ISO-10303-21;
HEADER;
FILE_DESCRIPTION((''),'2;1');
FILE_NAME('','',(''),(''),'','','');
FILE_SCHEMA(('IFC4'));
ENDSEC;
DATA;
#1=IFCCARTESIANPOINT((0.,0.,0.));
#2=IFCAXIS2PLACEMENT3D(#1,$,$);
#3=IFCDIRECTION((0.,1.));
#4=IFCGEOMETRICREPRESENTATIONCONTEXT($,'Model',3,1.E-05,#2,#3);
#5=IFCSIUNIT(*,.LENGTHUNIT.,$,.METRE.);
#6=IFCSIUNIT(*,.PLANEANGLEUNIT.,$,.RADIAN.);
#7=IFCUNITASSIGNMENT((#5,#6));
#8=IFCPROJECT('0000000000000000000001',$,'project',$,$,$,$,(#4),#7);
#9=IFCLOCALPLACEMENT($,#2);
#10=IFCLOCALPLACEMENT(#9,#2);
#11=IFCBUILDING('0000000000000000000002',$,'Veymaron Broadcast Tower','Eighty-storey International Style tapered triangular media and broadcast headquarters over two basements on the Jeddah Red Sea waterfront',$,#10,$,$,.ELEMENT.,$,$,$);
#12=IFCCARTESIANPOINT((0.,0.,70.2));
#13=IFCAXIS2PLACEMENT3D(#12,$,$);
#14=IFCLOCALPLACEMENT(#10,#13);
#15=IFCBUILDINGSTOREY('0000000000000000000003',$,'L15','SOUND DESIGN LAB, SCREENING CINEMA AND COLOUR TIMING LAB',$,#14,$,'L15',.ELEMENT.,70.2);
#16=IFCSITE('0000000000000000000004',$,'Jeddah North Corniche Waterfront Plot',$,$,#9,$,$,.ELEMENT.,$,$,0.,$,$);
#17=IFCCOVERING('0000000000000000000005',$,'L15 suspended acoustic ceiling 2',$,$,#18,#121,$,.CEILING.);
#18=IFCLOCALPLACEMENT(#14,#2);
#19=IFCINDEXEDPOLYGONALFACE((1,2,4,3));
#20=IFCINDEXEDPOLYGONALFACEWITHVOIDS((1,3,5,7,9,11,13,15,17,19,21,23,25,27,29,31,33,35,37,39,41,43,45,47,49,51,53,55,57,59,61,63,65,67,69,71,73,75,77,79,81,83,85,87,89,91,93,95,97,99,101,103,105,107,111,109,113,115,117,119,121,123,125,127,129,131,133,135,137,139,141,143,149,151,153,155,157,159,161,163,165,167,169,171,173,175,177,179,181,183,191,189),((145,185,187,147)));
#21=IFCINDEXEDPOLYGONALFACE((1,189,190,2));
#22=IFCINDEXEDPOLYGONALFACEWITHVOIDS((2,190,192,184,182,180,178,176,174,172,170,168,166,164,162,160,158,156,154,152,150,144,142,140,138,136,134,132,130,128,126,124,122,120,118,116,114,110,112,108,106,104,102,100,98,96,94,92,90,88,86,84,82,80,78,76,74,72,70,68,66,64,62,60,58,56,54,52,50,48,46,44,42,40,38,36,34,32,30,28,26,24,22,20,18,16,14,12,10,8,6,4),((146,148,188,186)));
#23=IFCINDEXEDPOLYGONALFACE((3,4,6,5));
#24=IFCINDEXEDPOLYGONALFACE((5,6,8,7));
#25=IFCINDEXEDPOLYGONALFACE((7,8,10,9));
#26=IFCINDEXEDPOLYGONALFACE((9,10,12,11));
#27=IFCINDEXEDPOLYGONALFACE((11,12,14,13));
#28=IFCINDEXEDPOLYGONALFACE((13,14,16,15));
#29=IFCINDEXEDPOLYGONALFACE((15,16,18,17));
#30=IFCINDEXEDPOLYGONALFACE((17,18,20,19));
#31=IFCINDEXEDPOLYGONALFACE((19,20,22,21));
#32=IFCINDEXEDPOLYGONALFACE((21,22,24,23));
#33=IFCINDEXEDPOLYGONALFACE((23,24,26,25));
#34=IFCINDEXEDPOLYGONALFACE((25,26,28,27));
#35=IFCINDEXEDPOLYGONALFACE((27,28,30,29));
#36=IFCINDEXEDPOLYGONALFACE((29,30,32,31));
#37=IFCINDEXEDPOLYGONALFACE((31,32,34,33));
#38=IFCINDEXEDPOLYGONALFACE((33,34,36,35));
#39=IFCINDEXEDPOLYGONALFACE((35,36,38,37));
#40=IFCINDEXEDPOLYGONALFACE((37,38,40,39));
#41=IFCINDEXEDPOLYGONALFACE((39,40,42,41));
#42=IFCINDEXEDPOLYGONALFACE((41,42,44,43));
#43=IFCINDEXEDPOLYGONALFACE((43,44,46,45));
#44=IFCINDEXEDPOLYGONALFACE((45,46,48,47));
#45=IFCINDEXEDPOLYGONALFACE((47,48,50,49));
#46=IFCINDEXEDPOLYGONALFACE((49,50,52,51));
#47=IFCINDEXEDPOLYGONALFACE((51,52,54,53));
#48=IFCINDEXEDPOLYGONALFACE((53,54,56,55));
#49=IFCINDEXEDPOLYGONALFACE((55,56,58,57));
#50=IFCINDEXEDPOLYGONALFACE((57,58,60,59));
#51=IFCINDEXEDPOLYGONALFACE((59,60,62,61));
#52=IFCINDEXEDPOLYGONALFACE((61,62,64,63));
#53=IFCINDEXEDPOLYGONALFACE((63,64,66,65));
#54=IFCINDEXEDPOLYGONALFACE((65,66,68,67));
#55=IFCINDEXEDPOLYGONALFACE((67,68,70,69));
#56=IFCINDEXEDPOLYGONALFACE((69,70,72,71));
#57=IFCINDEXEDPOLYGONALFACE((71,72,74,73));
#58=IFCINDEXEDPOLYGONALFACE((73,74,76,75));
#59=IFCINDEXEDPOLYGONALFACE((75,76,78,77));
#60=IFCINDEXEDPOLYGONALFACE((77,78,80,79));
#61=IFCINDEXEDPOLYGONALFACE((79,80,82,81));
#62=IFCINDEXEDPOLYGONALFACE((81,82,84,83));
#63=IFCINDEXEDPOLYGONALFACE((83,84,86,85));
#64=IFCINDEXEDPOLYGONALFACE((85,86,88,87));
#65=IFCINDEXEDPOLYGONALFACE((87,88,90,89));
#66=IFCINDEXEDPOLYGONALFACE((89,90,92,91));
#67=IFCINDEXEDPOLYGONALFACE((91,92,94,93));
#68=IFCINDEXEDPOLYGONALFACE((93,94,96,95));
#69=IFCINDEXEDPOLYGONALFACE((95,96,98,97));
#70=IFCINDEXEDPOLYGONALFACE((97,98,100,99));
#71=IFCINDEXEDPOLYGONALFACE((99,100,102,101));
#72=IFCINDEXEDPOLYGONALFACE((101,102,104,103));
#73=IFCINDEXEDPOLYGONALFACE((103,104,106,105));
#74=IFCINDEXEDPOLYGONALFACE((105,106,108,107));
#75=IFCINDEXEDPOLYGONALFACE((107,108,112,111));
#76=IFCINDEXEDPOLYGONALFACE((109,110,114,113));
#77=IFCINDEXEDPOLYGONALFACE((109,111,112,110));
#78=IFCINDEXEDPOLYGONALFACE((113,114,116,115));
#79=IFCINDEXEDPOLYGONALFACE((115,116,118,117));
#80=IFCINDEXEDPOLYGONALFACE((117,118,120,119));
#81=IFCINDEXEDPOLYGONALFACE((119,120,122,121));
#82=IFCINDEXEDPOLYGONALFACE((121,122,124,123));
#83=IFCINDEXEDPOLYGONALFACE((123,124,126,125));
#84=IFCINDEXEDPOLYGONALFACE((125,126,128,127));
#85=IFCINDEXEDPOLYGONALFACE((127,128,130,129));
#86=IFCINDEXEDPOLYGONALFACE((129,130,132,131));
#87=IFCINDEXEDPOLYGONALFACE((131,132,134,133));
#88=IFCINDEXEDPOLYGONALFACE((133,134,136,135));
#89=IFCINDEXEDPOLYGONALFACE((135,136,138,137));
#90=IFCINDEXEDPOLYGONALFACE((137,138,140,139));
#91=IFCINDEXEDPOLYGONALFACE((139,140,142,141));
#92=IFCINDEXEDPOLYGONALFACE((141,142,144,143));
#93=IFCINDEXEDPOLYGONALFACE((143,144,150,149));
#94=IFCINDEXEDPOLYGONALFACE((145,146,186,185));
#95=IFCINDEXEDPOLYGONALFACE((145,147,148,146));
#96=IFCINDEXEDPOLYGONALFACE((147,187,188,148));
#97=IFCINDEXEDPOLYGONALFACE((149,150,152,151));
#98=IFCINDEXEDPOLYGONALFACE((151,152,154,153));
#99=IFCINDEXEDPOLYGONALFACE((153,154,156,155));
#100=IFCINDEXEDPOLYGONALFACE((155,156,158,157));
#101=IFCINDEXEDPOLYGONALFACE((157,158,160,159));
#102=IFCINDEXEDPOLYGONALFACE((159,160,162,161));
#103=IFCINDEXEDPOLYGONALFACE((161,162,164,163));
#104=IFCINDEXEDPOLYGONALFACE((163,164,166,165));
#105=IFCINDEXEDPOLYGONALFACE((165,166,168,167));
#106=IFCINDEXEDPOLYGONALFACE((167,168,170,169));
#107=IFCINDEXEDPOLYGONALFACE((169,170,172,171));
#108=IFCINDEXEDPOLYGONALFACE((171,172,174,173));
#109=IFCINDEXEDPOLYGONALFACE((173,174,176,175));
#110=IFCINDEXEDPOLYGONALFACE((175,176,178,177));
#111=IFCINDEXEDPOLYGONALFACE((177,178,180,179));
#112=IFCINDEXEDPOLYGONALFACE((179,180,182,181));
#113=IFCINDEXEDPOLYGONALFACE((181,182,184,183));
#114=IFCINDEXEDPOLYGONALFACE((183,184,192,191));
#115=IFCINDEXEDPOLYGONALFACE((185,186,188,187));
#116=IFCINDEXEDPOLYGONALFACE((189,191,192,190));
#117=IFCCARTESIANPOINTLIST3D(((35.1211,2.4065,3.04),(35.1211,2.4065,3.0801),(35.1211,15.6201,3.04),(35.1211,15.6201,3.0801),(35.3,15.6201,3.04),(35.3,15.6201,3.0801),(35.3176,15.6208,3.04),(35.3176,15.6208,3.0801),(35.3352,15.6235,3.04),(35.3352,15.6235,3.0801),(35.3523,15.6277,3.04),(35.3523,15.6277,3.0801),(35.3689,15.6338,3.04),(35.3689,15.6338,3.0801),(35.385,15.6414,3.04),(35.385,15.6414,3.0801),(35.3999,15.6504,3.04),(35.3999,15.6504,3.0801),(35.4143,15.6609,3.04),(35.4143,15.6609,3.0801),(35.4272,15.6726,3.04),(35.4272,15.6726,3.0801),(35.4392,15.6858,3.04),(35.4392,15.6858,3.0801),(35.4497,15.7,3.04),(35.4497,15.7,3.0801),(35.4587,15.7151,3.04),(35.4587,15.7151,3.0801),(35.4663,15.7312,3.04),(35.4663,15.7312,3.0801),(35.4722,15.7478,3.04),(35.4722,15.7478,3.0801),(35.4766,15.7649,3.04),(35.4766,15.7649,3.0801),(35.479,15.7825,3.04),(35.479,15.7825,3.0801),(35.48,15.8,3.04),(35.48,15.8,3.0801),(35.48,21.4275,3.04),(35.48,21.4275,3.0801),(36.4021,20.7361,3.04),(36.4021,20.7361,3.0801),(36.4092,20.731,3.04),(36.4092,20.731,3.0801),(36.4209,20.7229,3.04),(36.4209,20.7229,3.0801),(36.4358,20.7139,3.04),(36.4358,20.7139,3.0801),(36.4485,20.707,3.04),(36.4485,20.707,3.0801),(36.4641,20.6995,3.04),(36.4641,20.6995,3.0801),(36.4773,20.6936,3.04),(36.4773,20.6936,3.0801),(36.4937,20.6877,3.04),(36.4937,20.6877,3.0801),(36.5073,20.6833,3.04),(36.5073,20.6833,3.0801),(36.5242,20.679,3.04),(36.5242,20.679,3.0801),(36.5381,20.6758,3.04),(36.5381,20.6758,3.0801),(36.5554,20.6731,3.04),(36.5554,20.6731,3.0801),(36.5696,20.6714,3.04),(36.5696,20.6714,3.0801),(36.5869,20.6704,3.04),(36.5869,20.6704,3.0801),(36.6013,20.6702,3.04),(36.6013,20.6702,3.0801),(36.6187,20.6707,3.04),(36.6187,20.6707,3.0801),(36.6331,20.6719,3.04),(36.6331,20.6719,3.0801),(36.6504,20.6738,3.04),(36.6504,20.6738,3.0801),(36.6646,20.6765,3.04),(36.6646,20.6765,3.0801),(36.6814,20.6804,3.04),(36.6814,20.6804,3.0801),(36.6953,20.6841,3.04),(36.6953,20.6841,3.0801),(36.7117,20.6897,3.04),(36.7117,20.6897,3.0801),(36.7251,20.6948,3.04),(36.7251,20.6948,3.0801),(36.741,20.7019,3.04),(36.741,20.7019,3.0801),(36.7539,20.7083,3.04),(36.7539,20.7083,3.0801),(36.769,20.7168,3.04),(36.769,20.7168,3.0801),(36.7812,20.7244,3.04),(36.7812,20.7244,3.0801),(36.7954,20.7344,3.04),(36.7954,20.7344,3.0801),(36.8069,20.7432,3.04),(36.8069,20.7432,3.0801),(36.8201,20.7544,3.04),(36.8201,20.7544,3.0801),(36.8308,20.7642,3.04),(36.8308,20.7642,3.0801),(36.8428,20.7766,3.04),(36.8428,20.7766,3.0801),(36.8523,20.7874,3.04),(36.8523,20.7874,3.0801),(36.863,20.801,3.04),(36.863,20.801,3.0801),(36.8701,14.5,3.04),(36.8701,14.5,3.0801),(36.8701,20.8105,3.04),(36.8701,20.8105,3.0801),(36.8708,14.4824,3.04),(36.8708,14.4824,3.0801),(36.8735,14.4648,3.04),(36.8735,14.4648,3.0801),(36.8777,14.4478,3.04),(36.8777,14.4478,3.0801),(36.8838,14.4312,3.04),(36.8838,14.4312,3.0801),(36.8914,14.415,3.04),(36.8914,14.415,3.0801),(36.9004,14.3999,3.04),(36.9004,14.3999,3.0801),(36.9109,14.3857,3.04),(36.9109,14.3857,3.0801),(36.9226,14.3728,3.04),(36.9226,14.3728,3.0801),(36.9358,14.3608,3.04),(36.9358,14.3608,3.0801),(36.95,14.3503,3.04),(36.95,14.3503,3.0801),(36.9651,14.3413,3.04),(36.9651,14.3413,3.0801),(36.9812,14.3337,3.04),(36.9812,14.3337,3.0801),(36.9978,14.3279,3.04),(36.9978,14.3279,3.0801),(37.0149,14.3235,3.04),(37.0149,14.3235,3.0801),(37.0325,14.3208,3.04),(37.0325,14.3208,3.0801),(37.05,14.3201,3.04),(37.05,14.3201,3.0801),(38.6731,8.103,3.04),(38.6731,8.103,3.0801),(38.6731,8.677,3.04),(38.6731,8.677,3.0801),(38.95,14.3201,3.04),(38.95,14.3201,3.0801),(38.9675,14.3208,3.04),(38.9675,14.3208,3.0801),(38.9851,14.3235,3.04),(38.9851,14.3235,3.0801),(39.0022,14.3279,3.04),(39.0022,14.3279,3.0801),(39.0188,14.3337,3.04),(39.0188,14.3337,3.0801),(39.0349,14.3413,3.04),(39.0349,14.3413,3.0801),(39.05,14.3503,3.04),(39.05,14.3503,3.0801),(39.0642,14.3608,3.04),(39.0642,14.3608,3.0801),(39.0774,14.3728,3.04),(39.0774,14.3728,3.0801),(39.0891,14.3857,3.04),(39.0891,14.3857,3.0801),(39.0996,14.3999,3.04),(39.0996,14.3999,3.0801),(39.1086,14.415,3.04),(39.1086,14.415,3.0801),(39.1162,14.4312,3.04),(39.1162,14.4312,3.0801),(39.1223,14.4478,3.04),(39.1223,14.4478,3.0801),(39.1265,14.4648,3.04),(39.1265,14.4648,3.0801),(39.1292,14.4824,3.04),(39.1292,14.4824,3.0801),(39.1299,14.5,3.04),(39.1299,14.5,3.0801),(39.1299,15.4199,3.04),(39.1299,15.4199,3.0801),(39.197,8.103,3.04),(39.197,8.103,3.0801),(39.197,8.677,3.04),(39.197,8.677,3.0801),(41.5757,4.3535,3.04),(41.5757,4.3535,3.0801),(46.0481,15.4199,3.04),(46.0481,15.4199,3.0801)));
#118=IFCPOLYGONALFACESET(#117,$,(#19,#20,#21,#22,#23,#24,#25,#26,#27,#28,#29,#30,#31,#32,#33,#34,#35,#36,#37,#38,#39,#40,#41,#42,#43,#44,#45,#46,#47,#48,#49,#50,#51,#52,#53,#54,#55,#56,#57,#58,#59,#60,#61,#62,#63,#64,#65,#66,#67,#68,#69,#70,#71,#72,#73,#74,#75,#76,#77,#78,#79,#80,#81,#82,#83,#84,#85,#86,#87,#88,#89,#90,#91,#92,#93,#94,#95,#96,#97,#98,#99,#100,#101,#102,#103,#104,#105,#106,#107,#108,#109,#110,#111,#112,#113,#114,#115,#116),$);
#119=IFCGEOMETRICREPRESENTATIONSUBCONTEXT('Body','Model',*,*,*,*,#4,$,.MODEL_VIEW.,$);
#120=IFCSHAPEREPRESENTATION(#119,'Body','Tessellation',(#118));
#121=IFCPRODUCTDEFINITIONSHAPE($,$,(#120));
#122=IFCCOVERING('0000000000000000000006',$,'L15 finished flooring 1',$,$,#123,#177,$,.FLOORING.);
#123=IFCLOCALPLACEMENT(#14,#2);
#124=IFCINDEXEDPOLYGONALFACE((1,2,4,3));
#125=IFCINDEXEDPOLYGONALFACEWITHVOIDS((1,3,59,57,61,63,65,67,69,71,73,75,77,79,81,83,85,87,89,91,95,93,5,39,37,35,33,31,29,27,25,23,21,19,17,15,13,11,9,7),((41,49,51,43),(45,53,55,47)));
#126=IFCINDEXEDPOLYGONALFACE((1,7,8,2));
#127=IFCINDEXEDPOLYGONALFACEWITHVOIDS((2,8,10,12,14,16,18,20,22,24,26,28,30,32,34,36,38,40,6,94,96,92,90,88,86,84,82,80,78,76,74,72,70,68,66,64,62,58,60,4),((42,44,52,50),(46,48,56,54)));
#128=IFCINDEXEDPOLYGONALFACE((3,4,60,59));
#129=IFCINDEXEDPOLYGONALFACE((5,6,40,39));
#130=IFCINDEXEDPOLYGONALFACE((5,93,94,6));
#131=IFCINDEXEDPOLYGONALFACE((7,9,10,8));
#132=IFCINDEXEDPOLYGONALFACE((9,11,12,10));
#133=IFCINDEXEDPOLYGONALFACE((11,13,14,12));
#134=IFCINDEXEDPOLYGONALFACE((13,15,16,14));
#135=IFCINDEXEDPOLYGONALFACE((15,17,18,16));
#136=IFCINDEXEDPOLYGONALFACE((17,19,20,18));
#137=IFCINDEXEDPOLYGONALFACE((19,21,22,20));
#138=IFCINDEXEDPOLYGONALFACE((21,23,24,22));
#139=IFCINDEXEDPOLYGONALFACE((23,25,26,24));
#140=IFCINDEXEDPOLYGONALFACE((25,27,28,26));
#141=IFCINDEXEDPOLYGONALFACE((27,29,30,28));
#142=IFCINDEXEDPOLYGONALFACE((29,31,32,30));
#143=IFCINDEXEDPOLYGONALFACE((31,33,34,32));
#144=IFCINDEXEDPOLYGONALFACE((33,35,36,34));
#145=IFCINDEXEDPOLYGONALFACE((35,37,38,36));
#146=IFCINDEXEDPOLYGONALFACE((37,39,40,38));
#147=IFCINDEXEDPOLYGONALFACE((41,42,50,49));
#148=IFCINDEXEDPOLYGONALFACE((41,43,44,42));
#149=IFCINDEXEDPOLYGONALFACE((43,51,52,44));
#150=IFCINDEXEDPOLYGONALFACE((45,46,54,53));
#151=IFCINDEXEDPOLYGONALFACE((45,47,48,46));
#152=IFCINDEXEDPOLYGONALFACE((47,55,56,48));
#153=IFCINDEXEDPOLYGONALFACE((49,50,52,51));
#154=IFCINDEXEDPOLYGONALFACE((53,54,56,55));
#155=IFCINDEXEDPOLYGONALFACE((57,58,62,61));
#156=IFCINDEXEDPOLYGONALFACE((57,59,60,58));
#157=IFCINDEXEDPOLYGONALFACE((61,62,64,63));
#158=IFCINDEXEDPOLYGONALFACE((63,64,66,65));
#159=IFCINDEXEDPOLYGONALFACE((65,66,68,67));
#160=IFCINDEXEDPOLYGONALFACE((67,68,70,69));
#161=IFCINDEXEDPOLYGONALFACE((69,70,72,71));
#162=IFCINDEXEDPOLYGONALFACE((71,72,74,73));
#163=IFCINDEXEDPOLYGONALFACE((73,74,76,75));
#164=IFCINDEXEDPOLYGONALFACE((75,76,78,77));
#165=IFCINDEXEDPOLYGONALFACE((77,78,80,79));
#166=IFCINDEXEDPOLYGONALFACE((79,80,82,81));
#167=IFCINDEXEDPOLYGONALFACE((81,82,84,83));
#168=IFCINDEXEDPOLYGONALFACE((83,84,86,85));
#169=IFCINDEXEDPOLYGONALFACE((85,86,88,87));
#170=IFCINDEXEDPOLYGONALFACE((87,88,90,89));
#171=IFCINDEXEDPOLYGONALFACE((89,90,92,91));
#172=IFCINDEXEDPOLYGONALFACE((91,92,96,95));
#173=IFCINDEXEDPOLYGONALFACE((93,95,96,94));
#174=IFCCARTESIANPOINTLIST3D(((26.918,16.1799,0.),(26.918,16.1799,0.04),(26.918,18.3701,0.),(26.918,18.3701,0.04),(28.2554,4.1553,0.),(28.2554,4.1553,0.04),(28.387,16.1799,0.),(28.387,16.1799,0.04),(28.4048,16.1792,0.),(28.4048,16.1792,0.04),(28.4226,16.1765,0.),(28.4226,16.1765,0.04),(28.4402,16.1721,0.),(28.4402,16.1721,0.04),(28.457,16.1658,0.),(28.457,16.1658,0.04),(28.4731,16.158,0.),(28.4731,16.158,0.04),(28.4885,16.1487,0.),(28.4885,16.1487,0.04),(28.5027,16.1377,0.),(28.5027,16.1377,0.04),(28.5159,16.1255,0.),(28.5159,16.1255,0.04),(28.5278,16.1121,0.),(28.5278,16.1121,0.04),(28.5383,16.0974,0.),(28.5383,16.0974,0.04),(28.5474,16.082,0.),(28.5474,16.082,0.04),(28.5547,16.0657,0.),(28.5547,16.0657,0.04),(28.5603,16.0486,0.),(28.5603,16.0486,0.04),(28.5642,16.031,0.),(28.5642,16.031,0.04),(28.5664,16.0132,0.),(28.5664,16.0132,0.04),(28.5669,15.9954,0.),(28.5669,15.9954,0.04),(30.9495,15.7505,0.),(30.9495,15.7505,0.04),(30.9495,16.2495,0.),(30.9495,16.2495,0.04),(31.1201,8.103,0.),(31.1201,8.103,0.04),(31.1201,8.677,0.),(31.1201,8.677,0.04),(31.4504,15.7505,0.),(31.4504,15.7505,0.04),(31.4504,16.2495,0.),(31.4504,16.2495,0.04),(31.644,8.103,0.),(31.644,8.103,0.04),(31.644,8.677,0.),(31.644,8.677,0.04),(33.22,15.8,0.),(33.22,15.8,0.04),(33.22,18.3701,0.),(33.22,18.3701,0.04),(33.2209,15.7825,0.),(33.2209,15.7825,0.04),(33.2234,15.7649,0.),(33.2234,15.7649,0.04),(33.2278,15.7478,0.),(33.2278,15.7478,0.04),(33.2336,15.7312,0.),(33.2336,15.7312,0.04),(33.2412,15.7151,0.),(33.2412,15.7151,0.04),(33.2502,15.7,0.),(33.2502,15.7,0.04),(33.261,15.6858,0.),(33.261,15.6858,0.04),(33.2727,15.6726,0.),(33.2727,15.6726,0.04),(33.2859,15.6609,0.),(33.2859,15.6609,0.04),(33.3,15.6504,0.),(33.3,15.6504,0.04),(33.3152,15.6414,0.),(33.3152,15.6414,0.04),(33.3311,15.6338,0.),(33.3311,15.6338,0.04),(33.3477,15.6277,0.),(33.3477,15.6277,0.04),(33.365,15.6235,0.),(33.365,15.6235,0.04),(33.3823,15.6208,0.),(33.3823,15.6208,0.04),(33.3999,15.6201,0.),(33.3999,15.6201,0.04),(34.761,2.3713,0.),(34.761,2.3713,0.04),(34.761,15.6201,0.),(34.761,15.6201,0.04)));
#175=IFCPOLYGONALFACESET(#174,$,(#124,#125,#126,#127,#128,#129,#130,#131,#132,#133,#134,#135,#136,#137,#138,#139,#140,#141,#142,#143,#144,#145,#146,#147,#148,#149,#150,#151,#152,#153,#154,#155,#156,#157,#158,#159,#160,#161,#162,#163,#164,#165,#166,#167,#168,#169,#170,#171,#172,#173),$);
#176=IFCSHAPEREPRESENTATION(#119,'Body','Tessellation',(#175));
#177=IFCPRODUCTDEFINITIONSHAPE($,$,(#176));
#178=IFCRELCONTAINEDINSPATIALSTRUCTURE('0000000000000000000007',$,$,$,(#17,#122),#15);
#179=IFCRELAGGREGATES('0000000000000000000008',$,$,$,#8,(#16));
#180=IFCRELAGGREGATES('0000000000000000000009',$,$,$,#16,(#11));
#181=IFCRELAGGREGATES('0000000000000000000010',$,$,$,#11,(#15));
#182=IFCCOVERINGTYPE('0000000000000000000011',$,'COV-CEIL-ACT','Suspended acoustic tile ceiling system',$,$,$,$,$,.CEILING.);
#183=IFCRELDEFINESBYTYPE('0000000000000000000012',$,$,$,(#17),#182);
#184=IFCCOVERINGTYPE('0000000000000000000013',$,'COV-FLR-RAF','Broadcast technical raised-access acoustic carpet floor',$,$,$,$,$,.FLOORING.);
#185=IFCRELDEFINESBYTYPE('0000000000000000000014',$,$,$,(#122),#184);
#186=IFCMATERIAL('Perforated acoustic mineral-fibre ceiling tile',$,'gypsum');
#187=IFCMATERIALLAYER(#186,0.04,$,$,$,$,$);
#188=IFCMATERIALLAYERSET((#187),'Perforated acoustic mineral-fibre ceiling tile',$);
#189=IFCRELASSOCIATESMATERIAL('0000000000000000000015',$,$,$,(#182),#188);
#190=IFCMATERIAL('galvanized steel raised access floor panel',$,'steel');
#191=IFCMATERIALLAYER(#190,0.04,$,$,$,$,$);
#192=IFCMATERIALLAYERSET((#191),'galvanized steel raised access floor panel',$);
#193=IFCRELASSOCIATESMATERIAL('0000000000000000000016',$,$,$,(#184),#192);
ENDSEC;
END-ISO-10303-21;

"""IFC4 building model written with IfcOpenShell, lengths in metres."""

from ifc_helpers import new_model, si_unit, direction, frame, origin, place, context, subcontext, project, spatial, polyline, outline, extrude, material, layer, layer_set, type_object, element, save


model = new_model("IFC4")

# Units and contexts
model_context = context("Model", 3, precision=1e-05, world=origin(), true_north=direction((0.0, 1.0)))
body_context = subcontext(model_context, "Body", "Model", "MODEL_VIEW")
ifc_project = project(units=[si_unit("LENGTHUNIT", "METRE"), si_unit("PLANEANGLEUNIT", "RADIAN")], contexts=[model_context])

# Site, building, storey
site_placement = place(None, origin())
site = spatial("IfcSite", under=ifc_project, at=site_placement, Name="Jeddah North Corniche Waterfront Plot", CompositionType="ELEMENT", RefElevation=0.0)
building_placement = place(site_placement, origin())
building = spatial("IfcBuilding", under=site, at=building_placement, Name="Veymaron Broadcast Tower", Description="Eighty-storey International Style tapered triangular media and broadcast headquarters over two basements on the Jeddah Red Sea waterfront", CompositionType="ELEMENT")
storey_placement = place(building_placement, frame((0.0, 0.0, 70.2)))
storey = spatial("IfcBuildingStorey", under=building, at=storey_placement, Name="L15", Description="SOUND DESIGN LAB, SCREENING CINEMA AND COLOUR TIMING LAB", LongName="L15", CompositionType="ELEMENT", Elevation=70.2)

# Coverings
ifc_material_1 = material(Name="Perforated acoustic mineral-fibre ceiling tile", Category="gypsum")
ifc_layer_1 = layer(ifc_material_1, 0.04)
ifc_layer_set_1 = layer_set([ifc_layer_1], Name="Perforated acoustic mineral-fibre ceiling tile")
covering_type_1 = type_object("IfcCoveringType", Name="COV-CEIL-ACT", Description="Suspended acoustic tile ceiling system", PredefinedType="CEILING", material=ifc_layer_set_1)
covering_1_placement = place(storey_placement, frame((0.0, 0.0, 3.04)))
element("IfcCovering", 1, at=covering_1_placement, inside=storey, type_object=covering_type_1, Name="L15 suspended acoustic ceiling 2", PredefinedType="CEILING", context=body_context, shape_type="SweptSolid", body=[
    extrude(outline(polyline([(35.4766, 15.7649), (35.479, 15.7825), (35.48, 15.8), (35.48, 21.4275), (36.4021, 20.7361), (36.4092, 20.731), (36.4209, 20.7229), (36.4358, 20.7139), (36.4485, 20.707), (36.4641, 20.6995), (36.4773, 20.6936), (36.4937, 20.6877), (36.5073, 20.6833), (36.5242, 20.679), (36.5381, 20.6758), (36.5554, 20.6731), (36.5696, 20.6714), (36.5869, 20.6704), (36.6013, 20.6702), (36.6187, 20.6707), (36.6331, 20.6719), (36.6504, 20.6738), (36.6646, 20.6765), (36.6814, 20.6804), (36.6953, 20.6841), (36.7117, 20.6897), (36.7251, 20.6948), (36.741, 20.7019), (36.7539, 20.7083), (36.769, 20.7168), (36.7812, 20.7244), (36.7954, 20.7344), (36.8069, 20.7432), (36.8201, 20.7544), (36.8308, 20.7642), (36.8428, 20.7766), (36.8523, 20.7874), (36.863, 20.801), (36.8701, 20.8105), (36.8701, 14.5), (36.8708, 14.4824), (36.8735, 14.4648), (36.8777, 14.4478), (36.8838, 14.4312), (36.8914, 14.415), (36.9004, 14.3999), (36.9109, 14.3857), (36.9226, 14.3728), (36.9358, 14.3608), (36.95, 14.3503), (36.9651, 14.3413), (36.9812, 14.3337), (36.9978, 14.3279), (37.0149, 14.3235), (37.0325, 14.3208), (37.05, 14.3201), (38.95, 14.3201), (38.9675, 14.3208), (38.9851, 14.3235), (39.0022, 14.3279), (39.0188, 14.3337), (39.0349, 14.3413), (39.05, 14.3503), (39.0642, 14.3608), (39.0774, 14.3728), (39.0891, 14.3857), (39.0996, 14.3999), (39.1086, 14.415), (39.1162, 14.4312), (39.1223, 14.4478), (39.1265, 14.4648), (39.1292, 14.4824), (39.1299, 14.5), (39.1299, 15.4199), (46.0481, 15.4199), (41.5757, 4.3535), (35.1211, 2.4065), (35.1211, 15.6201), (35.3, 15.6201), (35.3176, 15.6208), (35.3352, 15.6235), (35.3523, 15.6277), (35.3689, 15.6338), (35.385, 15.6414), (35.3999, 15.6504), (35.4143, 15.6609), (35.4272, 15.6726), (35.4392, 15.6858), (35.4497, 15.7), (35.4587, 15.7151), (35.4663, 15.7312), (35.4722, 15.7478), (35.4766, 15.7649)]), holes=[polyline([(39.197, 8.677), (38.6731, 8.677), (38.6731, 8.103), (39.197, 8.103), (39.197, 8.677)])]), origin(), (0.0, 0.0, 1.0), 0.04),
])
ifc_material_2 = material(Name="galvanized steel raised access floor panel", Category="steel")
ifc_layer_2 = layer(ifc_material_2, 0.04)
ifc_layer_set_2 = layer_set([ifc_layer_2], Name="galvanized steel raised access floor panel")
covering_type_2 = type_object("IfcCoveringType", Name="COV-FLR-RAF", Description="Broadcast technical raised-access acoustic carpet floor", PredefinedType="FLOORING", material=ifc_layer_set_2)
covering_2_placement = place(storey_placement, origin())
element("IfcCovering", 2, at=covering_2_placement, inside=storey, type_object=covering_type_2, Name="L15 finished flooring 1", PredefinedType="FLOORING", context=body_context, shape_type="SweptSolid", body=[
    extrude(outline(polyline([(28.4402, 16.1721), (28.4226, 16.1765), (28.4048, 16.1792), (28.387, 16.1799), (26.918, 16.1799), (26.918, 18.3701), (33.22, 18.3701), (33.22, 15.8), (33.2209, 15.7825), (33.2234, 15.7649), (33.2278, 15.7478), (33.2336, 15.7312), (33.2412, 15.7151), (33.2502, 15.7), (33.261, 15.6858), (33.2727, 15.6726), (33.2859, 15.6609), (33.3, 15.6504), (33.3152, 15.6414), (33.3311, 15.6338), (33.3477, 15.6277), (33.365, 15.6235), (33.3823, 15.6208), (33.3999, 15.6201), (34.761, 15.6201), (34.761, 2.3713), (28.2554, 4.1553), (28.5669, 15.9954), (28.5664, 16.0132), (28.5642, 16.031), (28.5603, 16.0486), (28.5547, 16.0657), (28.5474, 16.082), (28.5383, 16.0974), (28.5278, 16.1121), (28.5159, 16.1255), (28.5027, 16.1377), (28.4885, 16.1487), (28.4731, 16.158), (28.457, 16.1658), (28.4402, 16.1721)]), holes=[polyline([(31.1201, 8.677), (31.1201, 8.103), (31.644, 8.103), (31.644, 8.677), (31.1201, 8.677)]), polyline([(30.9495, 16.2495), (30.9495, 15.7505), (31.4504, 15.7505), (31.4504, 16.2495), (30.9495, 16.2495)])]), origin(), (0.0, 0.0, 1.0), 0.04),
])

save(model, "model.ifc")
